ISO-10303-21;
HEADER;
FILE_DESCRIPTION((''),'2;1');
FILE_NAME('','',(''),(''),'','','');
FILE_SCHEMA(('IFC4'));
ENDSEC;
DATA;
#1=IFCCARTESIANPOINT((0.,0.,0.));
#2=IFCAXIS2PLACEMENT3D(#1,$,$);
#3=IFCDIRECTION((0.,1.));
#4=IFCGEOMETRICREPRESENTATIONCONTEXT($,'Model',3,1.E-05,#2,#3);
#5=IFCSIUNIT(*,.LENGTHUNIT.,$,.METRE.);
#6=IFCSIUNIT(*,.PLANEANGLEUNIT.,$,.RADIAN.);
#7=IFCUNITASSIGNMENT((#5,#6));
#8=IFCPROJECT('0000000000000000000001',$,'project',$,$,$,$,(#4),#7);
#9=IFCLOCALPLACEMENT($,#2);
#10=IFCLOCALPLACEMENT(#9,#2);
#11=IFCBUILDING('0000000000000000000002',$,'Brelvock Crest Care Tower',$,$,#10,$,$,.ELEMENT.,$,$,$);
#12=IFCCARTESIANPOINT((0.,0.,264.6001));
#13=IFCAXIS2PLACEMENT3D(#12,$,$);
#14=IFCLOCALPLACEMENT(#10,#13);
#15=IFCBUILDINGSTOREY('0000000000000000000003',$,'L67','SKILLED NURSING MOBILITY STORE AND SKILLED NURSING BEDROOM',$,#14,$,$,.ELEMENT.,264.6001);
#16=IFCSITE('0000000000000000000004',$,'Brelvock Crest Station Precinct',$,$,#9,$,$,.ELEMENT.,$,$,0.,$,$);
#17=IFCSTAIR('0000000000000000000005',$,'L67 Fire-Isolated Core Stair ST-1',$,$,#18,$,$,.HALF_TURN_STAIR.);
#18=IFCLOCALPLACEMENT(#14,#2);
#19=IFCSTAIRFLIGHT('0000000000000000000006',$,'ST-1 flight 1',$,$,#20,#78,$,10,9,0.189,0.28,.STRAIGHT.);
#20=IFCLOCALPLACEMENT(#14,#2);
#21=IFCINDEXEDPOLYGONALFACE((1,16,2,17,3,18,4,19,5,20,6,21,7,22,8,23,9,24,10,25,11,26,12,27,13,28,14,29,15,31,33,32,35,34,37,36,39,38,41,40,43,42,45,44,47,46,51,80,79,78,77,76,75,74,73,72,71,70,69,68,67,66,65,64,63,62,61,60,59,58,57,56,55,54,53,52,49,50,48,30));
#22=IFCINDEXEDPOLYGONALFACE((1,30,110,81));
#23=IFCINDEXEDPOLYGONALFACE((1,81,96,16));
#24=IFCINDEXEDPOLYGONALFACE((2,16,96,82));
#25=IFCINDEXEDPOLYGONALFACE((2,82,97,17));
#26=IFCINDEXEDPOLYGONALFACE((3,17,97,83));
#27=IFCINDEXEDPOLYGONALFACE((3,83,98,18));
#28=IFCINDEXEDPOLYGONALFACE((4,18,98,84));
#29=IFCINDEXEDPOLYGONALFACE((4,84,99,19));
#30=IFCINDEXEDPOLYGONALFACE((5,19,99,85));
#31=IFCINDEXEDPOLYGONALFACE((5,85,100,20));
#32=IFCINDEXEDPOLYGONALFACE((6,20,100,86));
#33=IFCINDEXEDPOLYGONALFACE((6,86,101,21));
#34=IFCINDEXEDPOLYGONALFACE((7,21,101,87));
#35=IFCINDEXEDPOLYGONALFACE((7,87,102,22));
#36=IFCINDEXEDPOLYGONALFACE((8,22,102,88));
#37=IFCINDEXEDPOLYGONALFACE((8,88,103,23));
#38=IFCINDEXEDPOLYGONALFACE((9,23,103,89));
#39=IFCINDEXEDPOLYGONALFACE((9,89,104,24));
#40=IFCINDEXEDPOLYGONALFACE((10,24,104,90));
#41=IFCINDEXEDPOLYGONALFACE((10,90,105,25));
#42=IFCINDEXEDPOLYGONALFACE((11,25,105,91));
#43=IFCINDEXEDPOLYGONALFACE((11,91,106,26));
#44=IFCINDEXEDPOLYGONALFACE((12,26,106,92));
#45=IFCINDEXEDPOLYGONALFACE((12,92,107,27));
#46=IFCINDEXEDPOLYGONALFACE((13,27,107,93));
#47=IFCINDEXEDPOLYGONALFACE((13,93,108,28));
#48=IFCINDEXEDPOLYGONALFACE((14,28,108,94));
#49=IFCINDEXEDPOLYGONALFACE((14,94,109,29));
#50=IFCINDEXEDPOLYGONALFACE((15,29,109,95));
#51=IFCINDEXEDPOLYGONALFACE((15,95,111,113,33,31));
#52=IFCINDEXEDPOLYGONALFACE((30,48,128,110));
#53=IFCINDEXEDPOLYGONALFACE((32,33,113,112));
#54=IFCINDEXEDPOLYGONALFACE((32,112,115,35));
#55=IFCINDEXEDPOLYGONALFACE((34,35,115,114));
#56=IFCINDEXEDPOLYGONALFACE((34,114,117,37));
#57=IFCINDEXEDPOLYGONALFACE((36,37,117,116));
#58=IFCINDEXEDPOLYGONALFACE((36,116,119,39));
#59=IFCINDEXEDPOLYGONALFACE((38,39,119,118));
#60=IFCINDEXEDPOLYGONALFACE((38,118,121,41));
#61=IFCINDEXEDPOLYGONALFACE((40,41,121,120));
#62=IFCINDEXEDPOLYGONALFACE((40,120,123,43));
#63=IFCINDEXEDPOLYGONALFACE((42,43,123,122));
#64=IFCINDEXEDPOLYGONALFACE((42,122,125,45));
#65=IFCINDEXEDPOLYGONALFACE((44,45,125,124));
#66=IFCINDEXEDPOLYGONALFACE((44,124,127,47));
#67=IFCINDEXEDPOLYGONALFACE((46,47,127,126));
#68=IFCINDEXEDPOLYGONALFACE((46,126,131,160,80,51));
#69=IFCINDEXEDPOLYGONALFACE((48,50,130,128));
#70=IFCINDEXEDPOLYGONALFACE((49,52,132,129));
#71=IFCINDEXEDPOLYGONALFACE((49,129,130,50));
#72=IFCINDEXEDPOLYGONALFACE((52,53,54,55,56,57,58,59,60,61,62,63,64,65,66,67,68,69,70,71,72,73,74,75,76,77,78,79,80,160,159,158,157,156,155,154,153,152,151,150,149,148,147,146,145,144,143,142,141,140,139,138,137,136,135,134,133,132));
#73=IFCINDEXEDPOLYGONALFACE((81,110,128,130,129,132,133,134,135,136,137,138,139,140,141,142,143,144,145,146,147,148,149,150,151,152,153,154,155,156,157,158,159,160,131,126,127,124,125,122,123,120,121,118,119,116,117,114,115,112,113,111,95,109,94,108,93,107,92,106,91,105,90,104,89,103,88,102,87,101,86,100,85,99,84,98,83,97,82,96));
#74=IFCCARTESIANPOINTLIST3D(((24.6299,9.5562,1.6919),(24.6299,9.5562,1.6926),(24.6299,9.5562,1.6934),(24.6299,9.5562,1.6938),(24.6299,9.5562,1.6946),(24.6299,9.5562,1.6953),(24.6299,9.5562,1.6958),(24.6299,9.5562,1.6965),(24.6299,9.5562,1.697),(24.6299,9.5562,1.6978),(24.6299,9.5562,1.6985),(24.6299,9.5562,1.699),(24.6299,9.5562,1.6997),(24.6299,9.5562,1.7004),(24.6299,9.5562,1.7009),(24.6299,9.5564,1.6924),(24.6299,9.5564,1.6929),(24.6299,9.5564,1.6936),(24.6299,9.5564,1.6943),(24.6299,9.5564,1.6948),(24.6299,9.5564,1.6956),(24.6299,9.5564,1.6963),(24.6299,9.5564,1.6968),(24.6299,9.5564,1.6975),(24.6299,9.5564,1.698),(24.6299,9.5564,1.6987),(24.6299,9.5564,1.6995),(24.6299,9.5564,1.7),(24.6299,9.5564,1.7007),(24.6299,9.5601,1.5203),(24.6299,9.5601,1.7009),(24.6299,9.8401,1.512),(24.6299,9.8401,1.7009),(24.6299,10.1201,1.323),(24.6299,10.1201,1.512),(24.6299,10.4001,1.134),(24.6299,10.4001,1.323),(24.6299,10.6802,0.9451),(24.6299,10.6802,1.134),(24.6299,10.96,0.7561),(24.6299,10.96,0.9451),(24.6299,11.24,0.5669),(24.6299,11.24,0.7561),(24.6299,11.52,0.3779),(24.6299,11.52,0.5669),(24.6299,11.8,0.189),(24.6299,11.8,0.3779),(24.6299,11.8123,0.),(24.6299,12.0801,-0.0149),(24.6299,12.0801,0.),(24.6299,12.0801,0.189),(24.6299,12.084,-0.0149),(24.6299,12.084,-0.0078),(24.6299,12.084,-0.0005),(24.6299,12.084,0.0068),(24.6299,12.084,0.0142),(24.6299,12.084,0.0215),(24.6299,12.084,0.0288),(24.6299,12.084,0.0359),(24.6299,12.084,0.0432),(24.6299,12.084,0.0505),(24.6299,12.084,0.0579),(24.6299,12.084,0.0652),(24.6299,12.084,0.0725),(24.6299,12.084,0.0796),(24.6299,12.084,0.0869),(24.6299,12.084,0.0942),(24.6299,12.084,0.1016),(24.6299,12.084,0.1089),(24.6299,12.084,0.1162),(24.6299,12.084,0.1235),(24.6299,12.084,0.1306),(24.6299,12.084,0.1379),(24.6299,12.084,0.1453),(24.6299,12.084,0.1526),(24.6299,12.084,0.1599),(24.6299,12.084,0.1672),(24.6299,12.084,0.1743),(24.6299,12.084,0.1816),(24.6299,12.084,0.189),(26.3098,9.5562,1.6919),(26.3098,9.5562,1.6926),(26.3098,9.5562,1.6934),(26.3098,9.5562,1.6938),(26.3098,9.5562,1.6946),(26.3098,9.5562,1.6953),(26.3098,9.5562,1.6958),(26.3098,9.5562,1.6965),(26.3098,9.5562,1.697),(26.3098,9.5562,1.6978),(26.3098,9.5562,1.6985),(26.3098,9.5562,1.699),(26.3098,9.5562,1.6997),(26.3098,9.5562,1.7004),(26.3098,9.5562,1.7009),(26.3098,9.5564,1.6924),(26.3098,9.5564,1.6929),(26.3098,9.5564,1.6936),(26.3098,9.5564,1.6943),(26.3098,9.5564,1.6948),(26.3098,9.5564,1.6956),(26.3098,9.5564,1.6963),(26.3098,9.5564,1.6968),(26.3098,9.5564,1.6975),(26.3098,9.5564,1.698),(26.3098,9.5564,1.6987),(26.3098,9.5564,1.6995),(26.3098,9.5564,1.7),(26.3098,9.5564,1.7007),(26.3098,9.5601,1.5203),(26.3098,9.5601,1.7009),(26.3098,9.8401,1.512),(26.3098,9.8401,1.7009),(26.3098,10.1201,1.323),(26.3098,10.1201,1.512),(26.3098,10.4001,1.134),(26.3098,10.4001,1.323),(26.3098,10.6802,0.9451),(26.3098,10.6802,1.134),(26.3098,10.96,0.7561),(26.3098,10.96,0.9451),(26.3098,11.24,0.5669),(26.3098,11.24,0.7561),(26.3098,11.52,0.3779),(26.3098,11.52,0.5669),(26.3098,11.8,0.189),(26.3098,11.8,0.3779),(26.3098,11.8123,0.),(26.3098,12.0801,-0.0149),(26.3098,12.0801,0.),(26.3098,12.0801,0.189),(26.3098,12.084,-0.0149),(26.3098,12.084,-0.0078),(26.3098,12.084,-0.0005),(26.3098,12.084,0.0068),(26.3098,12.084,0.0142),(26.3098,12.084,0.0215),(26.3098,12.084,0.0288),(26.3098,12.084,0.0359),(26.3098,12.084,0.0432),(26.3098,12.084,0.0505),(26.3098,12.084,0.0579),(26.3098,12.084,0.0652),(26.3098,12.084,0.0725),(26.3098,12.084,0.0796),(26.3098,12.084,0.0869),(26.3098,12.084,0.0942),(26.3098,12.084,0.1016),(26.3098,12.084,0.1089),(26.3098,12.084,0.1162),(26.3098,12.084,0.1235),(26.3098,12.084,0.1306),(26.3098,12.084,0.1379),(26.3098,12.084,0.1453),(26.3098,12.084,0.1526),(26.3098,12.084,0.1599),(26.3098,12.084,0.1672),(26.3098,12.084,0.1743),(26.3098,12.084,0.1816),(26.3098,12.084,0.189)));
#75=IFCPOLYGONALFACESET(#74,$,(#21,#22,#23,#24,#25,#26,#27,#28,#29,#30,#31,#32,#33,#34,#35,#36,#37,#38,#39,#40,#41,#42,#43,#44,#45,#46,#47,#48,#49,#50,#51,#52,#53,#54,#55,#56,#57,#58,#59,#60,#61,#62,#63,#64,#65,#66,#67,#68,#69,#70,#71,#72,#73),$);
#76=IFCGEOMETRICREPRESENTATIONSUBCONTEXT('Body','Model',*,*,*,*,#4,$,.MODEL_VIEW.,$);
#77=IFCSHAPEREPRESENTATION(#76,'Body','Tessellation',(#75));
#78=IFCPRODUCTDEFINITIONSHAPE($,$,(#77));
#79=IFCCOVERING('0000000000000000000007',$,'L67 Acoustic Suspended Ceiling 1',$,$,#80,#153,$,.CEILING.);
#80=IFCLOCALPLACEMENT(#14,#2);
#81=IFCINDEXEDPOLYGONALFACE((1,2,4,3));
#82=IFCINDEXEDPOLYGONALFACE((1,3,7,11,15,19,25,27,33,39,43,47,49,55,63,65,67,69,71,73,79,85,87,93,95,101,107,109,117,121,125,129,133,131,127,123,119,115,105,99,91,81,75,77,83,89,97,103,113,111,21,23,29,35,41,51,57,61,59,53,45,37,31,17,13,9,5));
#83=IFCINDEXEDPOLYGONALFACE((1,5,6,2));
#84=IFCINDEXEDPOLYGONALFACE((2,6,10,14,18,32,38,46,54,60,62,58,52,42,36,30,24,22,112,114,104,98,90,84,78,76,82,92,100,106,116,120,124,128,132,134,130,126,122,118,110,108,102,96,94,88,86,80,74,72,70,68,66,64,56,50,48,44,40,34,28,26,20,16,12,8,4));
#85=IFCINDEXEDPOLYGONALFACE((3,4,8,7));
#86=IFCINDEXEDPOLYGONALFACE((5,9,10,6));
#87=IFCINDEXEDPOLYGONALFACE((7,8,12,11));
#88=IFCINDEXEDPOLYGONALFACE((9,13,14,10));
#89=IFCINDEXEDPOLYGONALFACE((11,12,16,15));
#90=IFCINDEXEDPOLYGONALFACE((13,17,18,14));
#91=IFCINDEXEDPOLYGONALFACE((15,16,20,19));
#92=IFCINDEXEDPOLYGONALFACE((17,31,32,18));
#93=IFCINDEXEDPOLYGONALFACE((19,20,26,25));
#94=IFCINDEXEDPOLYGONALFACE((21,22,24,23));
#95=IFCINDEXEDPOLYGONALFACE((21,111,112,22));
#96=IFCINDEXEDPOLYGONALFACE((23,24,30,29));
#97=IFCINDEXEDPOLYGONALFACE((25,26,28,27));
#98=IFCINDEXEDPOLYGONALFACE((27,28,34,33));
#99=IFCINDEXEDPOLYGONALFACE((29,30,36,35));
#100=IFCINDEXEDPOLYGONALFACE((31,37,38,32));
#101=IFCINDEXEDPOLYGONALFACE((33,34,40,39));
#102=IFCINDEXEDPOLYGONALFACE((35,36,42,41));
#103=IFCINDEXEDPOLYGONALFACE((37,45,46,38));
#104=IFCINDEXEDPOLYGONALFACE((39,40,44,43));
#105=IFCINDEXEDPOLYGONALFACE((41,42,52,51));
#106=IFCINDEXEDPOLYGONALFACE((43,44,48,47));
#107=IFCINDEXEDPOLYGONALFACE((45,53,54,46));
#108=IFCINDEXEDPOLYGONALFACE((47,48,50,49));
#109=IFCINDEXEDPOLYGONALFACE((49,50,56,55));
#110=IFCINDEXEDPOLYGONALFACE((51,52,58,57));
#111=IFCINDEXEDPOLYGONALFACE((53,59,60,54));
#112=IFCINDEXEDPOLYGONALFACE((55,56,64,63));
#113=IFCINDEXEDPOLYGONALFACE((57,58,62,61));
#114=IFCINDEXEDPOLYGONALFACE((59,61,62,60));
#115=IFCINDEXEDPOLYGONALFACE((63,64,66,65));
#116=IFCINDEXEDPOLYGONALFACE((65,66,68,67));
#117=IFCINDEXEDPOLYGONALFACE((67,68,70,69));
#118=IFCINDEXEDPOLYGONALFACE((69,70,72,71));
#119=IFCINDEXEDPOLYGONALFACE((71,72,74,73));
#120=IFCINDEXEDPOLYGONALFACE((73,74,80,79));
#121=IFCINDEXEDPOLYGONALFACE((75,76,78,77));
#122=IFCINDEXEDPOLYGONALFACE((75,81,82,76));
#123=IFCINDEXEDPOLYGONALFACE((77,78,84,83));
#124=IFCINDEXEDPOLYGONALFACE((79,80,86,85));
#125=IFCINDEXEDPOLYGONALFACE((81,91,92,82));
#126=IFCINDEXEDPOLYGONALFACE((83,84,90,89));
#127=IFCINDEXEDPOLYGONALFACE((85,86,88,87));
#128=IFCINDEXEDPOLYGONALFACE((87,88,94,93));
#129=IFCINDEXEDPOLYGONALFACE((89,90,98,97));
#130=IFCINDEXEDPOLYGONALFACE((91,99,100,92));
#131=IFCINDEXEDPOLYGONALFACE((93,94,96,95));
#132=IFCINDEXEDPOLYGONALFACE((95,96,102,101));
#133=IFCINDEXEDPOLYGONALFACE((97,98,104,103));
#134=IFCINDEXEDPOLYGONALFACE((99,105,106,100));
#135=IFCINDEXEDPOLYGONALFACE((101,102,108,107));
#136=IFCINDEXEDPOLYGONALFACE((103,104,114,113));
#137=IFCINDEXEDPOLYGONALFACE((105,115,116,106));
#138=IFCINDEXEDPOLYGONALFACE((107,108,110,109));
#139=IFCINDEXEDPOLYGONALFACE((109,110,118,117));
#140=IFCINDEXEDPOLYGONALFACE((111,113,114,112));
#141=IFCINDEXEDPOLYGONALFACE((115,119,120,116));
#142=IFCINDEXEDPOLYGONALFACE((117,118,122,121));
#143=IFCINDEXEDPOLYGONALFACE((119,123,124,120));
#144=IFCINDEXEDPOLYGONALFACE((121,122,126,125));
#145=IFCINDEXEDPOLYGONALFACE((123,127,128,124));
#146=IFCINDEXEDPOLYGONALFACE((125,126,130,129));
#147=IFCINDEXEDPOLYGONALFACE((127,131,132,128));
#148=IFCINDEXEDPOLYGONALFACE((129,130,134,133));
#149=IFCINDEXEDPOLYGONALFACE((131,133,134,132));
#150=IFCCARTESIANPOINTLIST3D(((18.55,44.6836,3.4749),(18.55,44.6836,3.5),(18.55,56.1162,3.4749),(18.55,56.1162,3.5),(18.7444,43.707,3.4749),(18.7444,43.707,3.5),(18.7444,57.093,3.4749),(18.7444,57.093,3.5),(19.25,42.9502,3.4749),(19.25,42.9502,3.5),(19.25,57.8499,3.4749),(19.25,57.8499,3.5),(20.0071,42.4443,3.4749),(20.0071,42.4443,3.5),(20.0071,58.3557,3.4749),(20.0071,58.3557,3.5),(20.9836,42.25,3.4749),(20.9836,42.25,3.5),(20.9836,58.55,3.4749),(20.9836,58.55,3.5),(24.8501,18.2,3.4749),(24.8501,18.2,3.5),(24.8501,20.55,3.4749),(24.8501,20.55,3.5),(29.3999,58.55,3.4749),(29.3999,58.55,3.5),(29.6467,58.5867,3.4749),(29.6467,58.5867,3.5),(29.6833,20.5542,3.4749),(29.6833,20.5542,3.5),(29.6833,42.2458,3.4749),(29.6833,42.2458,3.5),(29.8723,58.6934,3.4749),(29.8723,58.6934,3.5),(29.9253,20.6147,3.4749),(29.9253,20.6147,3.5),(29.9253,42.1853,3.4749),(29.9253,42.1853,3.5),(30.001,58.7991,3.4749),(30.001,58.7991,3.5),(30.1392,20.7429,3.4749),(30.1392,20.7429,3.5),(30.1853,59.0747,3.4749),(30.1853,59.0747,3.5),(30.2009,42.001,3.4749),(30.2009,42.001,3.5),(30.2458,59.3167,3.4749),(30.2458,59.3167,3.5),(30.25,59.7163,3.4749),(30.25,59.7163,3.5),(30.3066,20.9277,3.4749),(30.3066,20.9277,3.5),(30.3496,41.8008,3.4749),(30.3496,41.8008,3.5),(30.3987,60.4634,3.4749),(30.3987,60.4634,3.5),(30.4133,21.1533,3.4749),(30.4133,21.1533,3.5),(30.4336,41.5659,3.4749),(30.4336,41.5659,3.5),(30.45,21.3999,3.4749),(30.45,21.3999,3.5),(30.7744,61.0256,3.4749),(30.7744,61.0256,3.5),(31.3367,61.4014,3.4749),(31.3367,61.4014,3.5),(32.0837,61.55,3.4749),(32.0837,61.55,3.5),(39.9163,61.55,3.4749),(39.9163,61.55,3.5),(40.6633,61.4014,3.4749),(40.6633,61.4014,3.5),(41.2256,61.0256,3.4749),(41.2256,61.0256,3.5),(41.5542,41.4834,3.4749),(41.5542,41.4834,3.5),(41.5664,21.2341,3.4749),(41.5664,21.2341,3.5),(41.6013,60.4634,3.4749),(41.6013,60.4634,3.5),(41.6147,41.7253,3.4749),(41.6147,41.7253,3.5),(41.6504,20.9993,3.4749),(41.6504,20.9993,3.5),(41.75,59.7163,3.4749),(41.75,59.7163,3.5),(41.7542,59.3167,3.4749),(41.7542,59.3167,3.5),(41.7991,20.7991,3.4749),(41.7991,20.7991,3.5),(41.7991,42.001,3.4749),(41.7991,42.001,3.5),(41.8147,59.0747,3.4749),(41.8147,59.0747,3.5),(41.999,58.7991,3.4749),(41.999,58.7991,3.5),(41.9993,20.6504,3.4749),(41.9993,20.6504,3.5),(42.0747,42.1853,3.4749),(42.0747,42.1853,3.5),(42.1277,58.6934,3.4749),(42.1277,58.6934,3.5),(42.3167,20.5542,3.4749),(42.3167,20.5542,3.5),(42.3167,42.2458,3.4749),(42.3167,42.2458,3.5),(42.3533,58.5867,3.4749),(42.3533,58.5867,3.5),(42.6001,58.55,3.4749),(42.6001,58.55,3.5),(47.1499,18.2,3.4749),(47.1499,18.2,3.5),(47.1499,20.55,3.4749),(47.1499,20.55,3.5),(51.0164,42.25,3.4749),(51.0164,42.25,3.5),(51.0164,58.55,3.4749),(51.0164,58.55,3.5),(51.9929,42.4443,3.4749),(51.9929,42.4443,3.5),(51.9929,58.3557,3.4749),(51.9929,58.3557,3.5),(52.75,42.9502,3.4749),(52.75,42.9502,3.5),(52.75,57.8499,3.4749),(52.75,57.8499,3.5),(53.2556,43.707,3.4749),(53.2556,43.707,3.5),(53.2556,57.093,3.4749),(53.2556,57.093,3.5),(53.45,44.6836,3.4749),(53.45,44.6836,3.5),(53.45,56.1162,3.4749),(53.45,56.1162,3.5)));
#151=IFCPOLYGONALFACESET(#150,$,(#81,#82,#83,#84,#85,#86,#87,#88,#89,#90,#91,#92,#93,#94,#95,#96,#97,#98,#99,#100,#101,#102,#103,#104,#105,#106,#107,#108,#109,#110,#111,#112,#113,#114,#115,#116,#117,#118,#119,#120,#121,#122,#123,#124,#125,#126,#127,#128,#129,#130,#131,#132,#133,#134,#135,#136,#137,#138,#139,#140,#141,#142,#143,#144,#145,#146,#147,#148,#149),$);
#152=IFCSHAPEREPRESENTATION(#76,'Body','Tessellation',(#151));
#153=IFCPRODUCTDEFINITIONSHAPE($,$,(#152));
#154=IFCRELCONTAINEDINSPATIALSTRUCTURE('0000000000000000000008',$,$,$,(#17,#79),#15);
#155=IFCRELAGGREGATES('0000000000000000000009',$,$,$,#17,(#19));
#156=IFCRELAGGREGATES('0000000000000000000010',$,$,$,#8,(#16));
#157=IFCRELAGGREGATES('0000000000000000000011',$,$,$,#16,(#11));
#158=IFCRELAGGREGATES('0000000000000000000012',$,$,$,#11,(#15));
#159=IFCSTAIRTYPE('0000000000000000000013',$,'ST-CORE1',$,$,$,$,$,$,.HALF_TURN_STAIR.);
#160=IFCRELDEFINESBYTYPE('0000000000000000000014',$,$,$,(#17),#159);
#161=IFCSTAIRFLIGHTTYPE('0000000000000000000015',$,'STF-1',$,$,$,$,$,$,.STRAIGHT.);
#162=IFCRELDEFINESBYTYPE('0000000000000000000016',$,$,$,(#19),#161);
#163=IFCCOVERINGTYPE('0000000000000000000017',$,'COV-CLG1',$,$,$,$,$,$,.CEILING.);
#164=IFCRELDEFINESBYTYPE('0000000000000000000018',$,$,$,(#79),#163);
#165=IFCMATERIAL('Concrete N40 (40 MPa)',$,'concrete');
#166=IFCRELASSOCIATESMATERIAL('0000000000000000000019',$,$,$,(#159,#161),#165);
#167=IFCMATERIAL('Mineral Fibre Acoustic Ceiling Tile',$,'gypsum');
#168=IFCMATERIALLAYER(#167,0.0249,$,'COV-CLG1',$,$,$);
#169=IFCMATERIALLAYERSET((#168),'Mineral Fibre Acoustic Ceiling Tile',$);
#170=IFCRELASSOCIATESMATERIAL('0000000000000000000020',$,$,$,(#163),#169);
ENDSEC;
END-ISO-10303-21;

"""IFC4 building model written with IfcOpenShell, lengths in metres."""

from ifc_helpers import new_model, si_unit, direction, frame, origin, place, context, subcontext, project, spatial, polyline, outline, extrude, material, layer, layer_set, type_object, element, aggregate, save


model = new_model("IFC4")

# Units and contexts
model_context = context("Model", 3, precision=1e-05, world=origin(), true_north=direction((0.0, 1.0)))
body_context = subcontext(model_context, "Body", "Model", "MODEL_VIEW")
ifc_project = project(units=[si_unit("LENGTHUNIT", "METRE"), si_unit("PLANEANGLEUNIT", "RADIAN")], contexts=[model_context])

# Site, building, storey
site_placement = place(None, origin())
site = spatial("IfcSite", under=ifc_project, at=site_placement, Name="Brelvock Crest Station Precinct", CompositionType="ELEMENT", RefElevation=0.0)
building_placement = place(site_placement, origin())
building = spatial("IfcBuilding", under=site, at=building_placement, Name="Brelvock Crest Care Tower", CompositionType="ELEMENT")
storey_placement = place(building_placement, frame((0.0, 0.0, 264.6001)))
storey = spatial("IfcBuildingStorey", under=building, at=storey_placement, Name="L67", Description="SKILLED NURSING MOBILITY STORE AND SKILLED NURSING BEDROOM", CompositionType="ELEMENT", Elevation=264.6001)

# Stair
ifc_material_1 = material(Name="Concrete N40 (40 MPa)", Category="concrete")
stair_type = type_object("IfcStairType", Name="ST-CORE1", PredefinedType="HALF_TURN_STAIR", material=ifc_material_1)
stair_1_placement = place(storey_placement, origin())
stair_1 = element("IfcStair", 1, at=stair_1_placement, inside=storey, type_object=stair_type, Name="L67 Fire-Isolated Core Stair ST-1", PredefinedType="HALF_TURN_STAIR")

# Stair flight
stair_flight_type = type_object("IfcStairFlightType", Name="STF-1", PredefinedType="STRAIGHT", material=ifc_material_1)
stair_flight_placement = place(storey_placement, frame((25.47, 12.0801, 0.0), z_axis=(0.0, 0.0, 1.0), x_axis=(0.0, -1.0, 0.0)))
stair_flight = element("IfcStairFlight", 2, at=stair_flight_placement, type_object=stair_flight_type, Name="ST-1 flight 1", NumberOfRisers=10, NumberOfTreads=9, PredefinedType="STRAIGHT", RiserHeight=0.189, TreadLength=0.28, context=body_context, shape_type="SweptSolid", body=[
    extrude(outline(polyline([(-0.0039, -0.0149), (-0.0039, -0.0078), (-0.0039, -0.0005), (-0.0039, 0.0068), (-0.0039, 0.0142), (-0.0039, 0.0215), (-0.0039, 0.0288), (-0.0039, 0.0359), (-0.0039, 0.0432), (-0.0039, 0.0505), (-0.0039, 0.0579), (-0.0039, 0.0652), (-0.0039, 0.0725), (-0.0039, 0.0796), (-0.0039, 0.0869), (-0.0039, 0.0942), (-0.0039, 0.1016), (-0.0039, 0.1089), (-0.0039, 0.1162), (-0.0039, 0.1235), (-0.0039, 0.1306), (-0.0039, 0.1379), (-0.0039, 0.1453), (-0.0039, 0.1526), (-0.0039, 0.1599), (-0.0039, 0.1672), (-0.0039, 0.1743), (-0.0039, 0.1816), (-0.0039, 0.189), (0.0, 0.189), (0.28, 0.189), (0.28, 0.3779), (0.5601, 0.3779), (0.5601, 0.5669), (0.8401, 0.5669), (0.8401, 0.7561), (1.1201, 0.7561), (1.1201, 0.9451), (1.3999, 0.9451), (1.3999, 1.134), (1.6799, 1.134), (1.6799, 1.323), (1.96, 1.323), (1.96, 1.512), (2.24, 1.512), (2.24, 1.7009), (2.52, 1.7009), (2.5239, 1.7009), (2.5237, 1.7007), (2.5239, 1.7004), (2.5237, 1.7), (2.5239, 1.6997), (2.5237, 1.6995), (2.5239, 1.699), (2.5237, 1.6987), (2.5239, 1.6985), (2.5237, 1.698), (2.5239, 1.6978), (2.5237, 1.6975), (2.5239, 1.697), (2.5237, 1.6968), (2.5239, 1.6965), (2.5237, 1.6963), (2.5239, 1.6958), (2.5237, 1.6956), (2.5239, 1.6953), (2.5237, 1.6948), (2.5239, 1.6946), (2.5237, 1.6943), (2.5239, 1.6938), (2.5237, 1.6936), (2.5239, 1.6934), (2.5237, 1.6929), (2.5239, 1.6926), (2.5237, 1.6924), (2.5239, 1.6919), (2.52, 1.5203), (0.2678, 0.0), (0.0, 0.0), (0.0, -0.0149), (-0.0039, -0.0149)])), frame((0.0, 0.8398, 0.0), z_axis=(0.0, -1.0, 0.0), x_axis=(1.0, 0.0, 0.0)), (0.0, 0.0, 1.0), 1.6799),
])
aggregate(stair_1, [stair_flight])

# Covering
ifc_material_2 = material(Name="Mineral Fibre Acoustic Ceiling Tile", Category="gypsum")
ifc_layer_1 = layer(ifc_material_2, 0.0249, Name="COV-CLG1")
ifc_layer_set_1 = layer_set([ifc_layer_1], Name="Mineral Fibre Acoustic Ceiling Tile")
covering_type_1 = type_object("IfcCoveringType", Name="COV-CLG1", PredefinedType="CEILING", material=ifc_layer_set_1)
covering_1_placement = place(storey_placement, frame((0.0, 0.0, 3.4749)))
element("IfcCovering", 3, at=covering_1_placement, inside=storey, type_object=covering_type_1, Name="L67 Acoustic Suspended Ceiling 1", PredefinedType="CEILING", context=body_context, shape_type="SweptSolid", body=[
    extrude(outline(polyline([(24.8501, 18.2), (47.1499, 18.2), (47.1499, 20.55), (42.3167, 20.5542), (41.9993, 20.6504), (41.7991, 20.7991), (41.6504, 20.9993), (41.5664, 21.2341), (41.5542, 41.4834), (41.6147, 41.7253), (41.7991, 42.001), (42.0747, 42.1853), (42.3167, 42.2458), (51.0164, 42.25), (51.9929, 42.4443), (52.75, 42.9502), (53.2556, 43.707), (53.45, 44.6836), (53.45, 56.1162), (53.2556, 57.093), (52.75, 57.8499), (51.9929, 58.3557), (51.0164, 58.55), (42.6001, 58.55), (42.3533, 58.5867), (42.1277, 58.6934), (41.999, 58.7991), (41.8147, 59.0747), (41.7542, 59.3167), (41.75, 59.7163), (41.6013, 60.4634), (41.2256, 61.0256), (40.6633, 61.4014), (39.9163, 61.55), (32.0837, 61.55), (31.3367, 61.4014), (30.7744, 61.0256), (30.3987, 60.4634), (30.25, 59.7163), (30.2458, 59.3167), (30.1853, 59.0747), (30.001, 58.7991), (29.8723, 58.6934), (29.6467, 58.5867), (29.3999, 58.55), (20.9836, 58.55), (20.0071, 58.3557), (19.25, 57.8499), (18.7444, 57.093), (18.55, 56.1162), (18.55, 44.6836), (18.7444, 43.707), (19.25, 42.9502), (20.0071, 42.4443), (20.9836, 42.25), (29.6833, 42.2458), (29.9253, 42.1853), (30.2009, 42.001), (30.3496, 41.8008), (30.4336, 41.5659), (30.45, 21.3999), (30.4133, 21.1533), (30.3066, 20.9277), (30.1392, 20.7429), (29.9253, 20.6147), (29.6833, 20.5542), (24.8501, 20.55), (24.8501, 18.2)])), origin(), (0.0, 0.0, 1.0), 0.0251),
])

save(model, "model.ifc")
